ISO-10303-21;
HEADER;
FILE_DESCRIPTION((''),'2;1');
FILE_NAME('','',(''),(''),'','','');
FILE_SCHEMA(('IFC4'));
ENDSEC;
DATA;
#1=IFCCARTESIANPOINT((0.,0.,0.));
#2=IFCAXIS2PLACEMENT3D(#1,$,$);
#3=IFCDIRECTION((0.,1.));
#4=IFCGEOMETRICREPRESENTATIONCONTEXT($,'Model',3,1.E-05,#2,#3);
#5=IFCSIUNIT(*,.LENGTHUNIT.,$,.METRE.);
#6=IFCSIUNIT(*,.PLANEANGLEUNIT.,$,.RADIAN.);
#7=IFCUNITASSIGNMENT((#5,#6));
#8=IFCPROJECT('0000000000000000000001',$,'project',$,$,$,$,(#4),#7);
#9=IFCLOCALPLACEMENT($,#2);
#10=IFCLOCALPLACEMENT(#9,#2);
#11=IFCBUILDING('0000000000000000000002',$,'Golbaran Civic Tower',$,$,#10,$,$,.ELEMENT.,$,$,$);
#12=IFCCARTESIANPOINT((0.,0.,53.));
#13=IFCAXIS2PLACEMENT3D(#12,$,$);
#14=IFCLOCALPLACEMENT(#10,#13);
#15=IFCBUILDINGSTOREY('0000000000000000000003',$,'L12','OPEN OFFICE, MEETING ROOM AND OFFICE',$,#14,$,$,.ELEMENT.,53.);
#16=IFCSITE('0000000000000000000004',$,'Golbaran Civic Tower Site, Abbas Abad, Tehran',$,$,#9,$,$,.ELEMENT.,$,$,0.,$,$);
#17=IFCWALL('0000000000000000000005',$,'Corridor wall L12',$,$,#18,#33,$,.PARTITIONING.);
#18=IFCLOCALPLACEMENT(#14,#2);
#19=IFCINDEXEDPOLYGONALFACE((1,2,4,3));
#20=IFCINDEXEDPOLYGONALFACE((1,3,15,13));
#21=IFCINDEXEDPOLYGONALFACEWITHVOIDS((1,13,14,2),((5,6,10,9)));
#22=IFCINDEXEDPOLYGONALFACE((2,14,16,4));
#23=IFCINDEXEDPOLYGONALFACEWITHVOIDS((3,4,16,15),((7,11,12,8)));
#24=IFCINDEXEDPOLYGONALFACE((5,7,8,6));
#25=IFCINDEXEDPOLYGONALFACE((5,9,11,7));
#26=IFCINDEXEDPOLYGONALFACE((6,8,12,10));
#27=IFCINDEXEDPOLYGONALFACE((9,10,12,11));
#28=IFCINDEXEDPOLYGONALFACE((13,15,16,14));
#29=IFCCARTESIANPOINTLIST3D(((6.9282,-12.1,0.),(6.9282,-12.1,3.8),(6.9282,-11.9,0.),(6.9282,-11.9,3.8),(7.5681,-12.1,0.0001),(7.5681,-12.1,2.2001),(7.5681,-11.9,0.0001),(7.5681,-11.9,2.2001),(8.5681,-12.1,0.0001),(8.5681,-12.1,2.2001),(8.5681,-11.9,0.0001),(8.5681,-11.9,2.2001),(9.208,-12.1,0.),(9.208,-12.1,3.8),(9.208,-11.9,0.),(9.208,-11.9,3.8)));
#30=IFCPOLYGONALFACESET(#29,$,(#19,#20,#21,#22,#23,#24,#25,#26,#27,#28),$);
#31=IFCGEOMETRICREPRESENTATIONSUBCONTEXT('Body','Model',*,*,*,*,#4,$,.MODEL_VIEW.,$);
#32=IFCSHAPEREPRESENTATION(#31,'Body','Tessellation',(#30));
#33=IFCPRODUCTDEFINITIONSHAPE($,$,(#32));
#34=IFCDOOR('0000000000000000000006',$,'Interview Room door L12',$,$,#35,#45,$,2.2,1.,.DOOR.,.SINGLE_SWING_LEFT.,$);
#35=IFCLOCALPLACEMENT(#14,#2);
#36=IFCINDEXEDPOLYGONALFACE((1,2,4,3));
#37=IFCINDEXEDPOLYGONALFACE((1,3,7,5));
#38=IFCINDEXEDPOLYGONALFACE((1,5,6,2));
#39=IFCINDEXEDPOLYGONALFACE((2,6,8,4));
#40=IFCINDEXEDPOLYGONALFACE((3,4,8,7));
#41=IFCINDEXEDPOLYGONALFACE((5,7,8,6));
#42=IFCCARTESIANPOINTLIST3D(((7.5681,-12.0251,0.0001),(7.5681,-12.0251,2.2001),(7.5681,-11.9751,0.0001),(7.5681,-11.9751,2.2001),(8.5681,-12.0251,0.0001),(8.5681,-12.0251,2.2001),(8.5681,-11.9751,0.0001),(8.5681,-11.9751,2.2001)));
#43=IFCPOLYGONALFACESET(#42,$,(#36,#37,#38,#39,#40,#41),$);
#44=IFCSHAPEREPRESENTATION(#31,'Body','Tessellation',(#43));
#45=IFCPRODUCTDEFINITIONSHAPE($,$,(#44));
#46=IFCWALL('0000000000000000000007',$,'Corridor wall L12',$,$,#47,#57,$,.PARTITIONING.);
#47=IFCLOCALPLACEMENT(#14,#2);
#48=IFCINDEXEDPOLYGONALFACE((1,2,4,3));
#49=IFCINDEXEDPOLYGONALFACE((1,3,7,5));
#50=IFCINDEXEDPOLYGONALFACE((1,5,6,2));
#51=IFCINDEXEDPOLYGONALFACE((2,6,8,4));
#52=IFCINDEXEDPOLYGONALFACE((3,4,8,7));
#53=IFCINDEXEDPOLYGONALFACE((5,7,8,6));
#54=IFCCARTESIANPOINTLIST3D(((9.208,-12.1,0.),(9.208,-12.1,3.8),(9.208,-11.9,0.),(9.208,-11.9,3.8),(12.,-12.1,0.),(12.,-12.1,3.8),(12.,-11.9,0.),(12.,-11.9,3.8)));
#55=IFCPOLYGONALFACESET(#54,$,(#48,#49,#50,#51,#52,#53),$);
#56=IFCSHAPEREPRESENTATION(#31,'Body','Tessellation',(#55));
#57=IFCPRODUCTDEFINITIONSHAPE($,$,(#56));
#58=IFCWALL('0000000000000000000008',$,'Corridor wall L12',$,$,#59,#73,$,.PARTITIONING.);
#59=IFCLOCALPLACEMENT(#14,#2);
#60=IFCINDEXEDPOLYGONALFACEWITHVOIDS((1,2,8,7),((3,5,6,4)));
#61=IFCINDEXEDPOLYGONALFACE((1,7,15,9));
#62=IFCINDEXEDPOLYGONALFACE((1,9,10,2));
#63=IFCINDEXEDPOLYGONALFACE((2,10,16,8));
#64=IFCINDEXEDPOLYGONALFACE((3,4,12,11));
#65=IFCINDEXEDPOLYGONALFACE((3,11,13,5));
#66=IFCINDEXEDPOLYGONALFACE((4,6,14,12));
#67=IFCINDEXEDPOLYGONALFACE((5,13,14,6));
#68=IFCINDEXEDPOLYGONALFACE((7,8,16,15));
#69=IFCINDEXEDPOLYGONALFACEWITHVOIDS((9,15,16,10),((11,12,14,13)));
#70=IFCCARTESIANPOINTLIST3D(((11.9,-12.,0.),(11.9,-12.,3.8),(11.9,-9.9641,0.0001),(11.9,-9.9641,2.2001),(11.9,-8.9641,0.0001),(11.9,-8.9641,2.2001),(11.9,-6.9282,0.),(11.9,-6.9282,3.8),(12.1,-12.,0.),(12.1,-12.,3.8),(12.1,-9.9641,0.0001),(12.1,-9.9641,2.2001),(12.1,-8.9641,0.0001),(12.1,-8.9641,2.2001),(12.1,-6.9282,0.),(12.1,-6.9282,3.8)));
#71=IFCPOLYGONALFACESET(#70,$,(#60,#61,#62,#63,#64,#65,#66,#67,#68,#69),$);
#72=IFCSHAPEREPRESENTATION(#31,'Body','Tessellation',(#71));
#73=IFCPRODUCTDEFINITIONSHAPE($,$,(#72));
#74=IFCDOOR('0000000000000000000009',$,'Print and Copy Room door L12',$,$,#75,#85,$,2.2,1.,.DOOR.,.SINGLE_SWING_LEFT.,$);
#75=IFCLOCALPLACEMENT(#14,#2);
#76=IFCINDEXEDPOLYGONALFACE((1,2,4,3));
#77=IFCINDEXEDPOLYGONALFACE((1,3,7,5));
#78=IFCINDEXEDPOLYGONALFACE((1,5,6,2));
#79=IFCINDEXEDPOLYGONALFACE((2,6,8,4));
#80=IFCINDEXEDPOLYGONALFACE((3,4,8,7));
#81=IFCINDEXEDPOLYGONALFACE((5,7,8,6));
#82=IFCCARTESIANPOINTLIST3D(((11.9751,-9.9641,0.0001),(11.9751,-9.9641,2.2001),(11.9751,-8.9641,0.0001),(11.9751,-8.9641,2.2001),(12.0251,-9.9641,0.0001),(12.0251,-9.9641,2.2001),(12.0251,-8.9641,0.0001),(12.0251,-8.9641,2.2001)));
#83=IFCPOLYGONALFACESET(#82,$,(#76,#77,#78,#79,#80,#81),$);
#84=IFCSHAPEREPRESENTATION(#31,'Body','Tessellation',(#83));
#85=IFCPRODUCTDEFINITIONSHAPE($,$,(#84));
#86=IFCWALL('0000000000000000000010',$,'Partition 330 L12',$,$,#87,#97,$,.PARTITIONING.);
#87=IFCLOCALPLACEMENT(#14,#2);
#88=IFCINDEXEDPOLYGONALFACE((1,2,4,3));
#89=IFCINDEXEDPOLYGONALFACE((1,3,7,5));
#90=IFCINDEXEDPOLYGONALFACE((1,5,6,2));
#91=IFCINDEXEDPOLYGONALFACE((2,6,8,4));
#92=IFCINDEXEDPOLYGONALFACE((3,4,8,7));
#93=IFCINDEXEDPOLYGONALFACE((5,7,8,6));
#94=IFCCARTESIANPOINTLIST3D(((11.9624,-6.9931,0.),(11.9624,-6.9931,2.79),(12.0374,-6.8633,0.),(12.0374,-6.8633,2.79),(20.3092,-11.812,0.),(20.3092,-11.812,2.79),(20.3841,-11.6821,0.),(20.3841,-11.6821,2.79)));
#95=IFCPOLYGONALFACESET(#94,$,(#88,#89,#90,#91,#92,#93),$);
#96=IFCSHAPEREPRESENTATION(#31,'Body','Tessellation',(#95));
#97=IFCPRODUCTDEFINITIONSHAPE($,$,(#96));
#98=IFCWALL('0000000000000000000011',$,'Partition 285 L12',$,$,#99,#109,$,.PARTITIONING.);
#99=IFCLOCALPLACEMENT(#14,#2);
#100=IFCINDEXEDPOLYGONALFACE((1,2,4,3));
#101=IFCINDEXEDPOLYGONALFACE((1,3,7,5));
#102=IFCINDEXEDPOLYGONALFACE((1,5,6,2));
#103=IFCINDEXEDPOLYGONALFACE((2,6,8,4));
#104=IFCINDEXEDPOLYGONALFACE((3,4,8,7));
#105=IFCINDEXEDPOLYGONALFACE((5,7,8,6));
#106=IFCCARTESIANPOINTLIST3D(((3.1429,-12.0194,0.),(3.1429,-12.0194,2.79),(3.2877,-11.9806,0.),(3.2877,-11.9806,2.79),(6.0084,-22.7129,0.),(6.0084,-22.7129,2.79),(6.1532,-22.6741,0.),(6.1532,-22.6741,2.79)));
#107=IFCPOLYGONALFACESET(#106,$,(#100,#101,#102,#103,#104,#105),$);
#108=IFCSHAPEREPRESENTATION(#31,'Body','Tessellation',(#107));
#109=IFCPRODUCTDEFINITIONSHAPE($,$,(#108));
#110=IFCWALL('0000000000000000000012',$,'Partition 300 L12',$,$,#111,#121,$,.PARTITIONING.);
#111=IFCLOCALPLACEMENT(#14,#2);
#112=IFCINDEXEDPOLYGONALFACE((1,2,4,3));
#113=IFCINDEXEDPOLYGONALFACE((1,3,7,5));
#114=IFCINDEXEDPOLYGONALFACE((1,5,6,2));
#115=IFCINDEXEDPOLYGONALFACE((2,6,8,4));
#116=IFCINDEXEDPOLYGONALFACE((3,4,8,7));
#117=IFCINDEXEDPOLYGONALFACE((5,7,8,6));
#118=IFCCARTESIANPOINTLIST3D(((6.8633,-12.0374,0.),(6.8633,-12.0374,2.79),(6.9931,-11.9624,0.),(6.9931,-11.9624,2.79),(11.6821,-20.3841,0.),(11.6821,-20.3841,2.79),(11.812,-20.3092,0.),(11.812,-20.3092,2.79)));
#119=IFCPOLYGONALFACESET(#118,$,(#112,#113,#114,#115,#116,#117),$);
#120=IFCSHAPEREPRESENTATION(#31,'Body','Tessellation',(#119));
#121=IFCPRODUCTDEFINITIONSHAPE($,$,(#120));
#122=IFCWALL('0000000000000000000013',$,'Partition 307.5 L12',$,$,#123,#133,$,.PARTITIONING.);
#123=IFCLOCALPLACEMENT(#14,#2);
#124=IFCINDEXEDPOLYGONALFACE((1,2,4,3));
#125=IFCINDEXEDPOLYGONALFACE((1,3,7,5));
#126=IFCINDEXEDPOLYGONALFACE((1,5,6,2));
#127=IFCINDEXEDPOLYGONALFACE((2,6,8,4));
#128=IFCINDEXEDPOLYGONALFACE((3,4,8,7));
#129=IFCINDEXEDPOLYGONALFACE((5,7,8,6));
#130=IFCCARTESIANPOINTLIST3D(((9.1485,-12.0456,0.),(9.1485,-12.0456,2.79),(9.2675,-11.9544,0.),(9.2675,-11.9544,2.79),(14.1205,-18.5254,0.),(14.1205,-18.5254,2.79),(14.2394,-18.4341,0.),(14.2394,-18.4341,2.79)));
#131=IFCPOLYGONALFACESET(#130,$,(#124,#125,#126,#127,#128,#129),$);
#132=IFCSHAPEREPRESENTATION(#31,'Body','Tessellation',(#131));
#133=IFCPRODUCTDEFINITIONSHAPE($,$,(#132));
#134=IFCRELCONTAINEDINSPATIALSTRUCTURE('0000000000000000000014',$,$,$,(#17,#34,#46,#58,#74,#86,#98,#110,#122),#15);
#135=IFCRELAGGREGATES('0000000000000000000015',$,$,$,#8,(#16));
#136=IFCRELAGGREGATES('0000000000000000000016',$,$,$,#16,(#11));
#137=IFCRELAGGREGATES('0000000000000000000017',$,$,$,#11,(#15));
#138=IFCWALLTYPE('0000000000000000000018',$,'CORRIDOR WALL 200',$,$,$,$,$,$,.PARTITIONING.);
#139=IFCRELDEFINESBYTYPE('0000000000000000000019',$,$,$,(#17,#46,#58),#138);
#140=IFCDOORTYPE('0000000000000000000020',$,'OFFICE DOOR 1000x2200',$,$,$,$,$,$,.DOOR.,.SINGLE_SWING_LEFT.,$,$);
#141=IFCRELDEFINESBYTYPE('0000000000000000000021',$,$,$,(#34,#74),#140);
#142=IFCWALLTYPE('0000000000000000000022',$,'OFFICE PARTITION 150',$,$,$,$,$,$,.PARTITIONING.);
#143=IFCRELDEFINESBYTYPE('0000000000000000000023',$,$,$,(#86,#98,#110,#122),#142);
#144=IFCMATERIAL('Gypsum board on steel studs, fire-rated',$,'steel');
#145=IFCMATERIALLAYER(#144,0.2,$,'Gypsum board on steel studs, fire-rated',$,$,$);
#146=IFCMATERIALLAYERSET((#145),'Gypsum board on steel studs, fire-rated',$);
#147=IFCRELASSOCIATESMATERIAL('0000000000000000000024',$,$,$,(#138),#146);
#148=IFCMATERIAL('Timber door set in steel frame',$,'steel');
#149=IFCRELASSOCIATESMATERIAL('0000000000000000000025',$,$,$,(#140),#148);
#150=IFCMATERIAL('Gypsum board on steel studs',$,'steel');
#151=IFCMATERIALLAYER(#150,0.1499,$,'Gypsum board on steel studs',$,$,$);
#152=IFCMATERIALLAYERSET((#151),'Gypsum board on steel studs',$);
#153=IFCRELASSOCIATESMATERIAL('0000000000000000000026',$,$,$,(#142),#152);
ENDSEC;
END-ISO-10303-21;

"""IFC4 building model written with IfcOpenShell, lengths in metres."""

from ifc_helpers import new_model, si_unit, direction, frame, frame_2d, origin, place, context, subcontext, project, spatial, rectangle, extrude, material, layer, layer_set, type_object, element, fill, save


model = new_model("IFC4")

# Units and contexts
model_context = context("Model", 3, precision=1e-05, world=origin(), true_north=direction((0.0, 1.0)))
body_context = subcontext(model_context, "Body", "Model", "MODEL_VIEW")
ifc_project = project(units=[si_unit("LENGTHUNIT", "METRE"), si_unit("PLANEANGLEUNIT", "RADIAN")], contexts=[model_context])

# Site, building, storey
site_placement = place(None, origin())
site = spatial("IfcSite", under=ifc_project, at=site_placement, Name="Golbaran Civic Tower Site, Abbas Abad, Tehran", CompositionType="ELEMENT", RefElevation=0.0)
building_placement = place(site_placement, origin())
building = spatial("IfcBuilding", under=site, at=building_placement, Name="Golbaran Civic Tower", CompositionType="ELEMENT")
storey_placement = place(building_placement, frame((0.0, 0.0, 53.0)))
storey = spatial("IfcBuildingStorey", under=building, at=storey_placement, Name="L12", Description="OPEN OFFICE, MEETING ROOM AND OFFICE", CompositionType="ELEMENT", Elevation=53.0)

# Shared definitions
ifc_material_1 = material(Name="Timber door set in steel frame", Category="steel")

# Wall, opening, door
ifc_material_2 = material(Name="Gypsum board on steel studs, fire-rated", Category="steel")
ifc_layer_1 = layer(ifc_material_2, 0.2, Name="Gypsum board on steel studs, fire-rated")
ifc_layer_set_1 = layer_set([ifc_layer_1], Name="Gypsum board on steel studs, fire-rated")
wall_type_1 = type_object("IfcWallType", Name="CORRIDOR WALL 200", PredefinedType="PARTITIONING", material=ifc_layer_set_1)
door_type_1 = type_object("IfcDoorType", Name="OFFICE DOOR 1000x2200", OperationType="SINGLE_SWING_LEFT", PredefinedType="DOOR", material=ifc_material_1)
wall_1_placement = place(storey_placement, frame((6.9282, -12.0, 0.0), z_axis=(0.0, 0.0, 1.0), x_axis=(1.0, 0.0, 0.0)))
wall_1 = element("IfcWall", 1, at=wall_1_placement, inside=storey, type_object=wall_type_1, Name="Corridor wall L12", PredefinedType="PARTITIONING", context=body_context, shape_type="SweptSolid", body=[
    extrude(rectangle(XDim=2.2798, YDim=0.2, at=frame_2d((1.1399, 0.0))), origin(), (0.0, 0.0, 1.0), 3.8),
])
opening_1_placement = place(wall_1_placement, frame((0.6399, 0.0, 0.0)))
opening_1 = element("IfcOpeningElement", 2, at=opening_1_placement, cuts=wall_1, PredefinedType="OPENING", context=body_context, shape_type="SweptSolid", body=[
    extrude(rectangle(XDim=1.0, YDim=2.2, at=frame_2d((0.5, 1.1001))), frame((0.0, 0.1099, 0.0), z_axis=(0.0, -1.0, 0.0), x_axis=(1.0, 0.0, 0.0)), (0.0, 0.0, 1.0), 0.22),
])
door_1_placement = place(opening_1_placement, origin())
door_1 = element("IfcDoor", 3, at=door_1_placement, inside=storey, type_object=door_type_1, Name="Interview Room door L12", OperationType="SINGLE_SWING_LEFT", OverallHeight=2.2, OverallWidth=1.0, PredefinedType="DOOR", context=body_context, shape_type="SweptSolid", body=[
    extrude(rectangle(XDim=1.0, YDim=2.2, at=frame_2d((0.5, 1.1001))), frame((0.0, 0.0249, 0.0), z_axis=(0.0, -1.0, 0.0), x_axis=(1.0, 0.0, 0.0)), (0.0, 0.0, 1.0), 0.05),
])
fill(opening_1, door_1)

# Wall
wall_2_placement = place(storey_placement, frame((9.208, -12.0, 0.0), z_axis=(0.0, 0.0, 1.0), x_axis=(1.0, 0.0, 0.0)))
element("IfcWall", 4, at=wall_2_placement, inside=storey, type_object=wall_type_1, Name="Corridor wall L12", PredefinedType="PARTITIONING", context=body_context, shape_type="SweptSolid", body=[
    extrude(rectangle(XDim=2.792, YDim=0.2, at=frame_2d((1.396, 0.0))), origin(), (0.0, 0.0, 1.0), 3.8),
])

# Wall, opening, door
wall_3_placement = place(storey_placement, frame((12.0, -12.0, 0.0), z_axis=(0.0, 0.0, 1.0), x_axis=(0.0, 1.0, 0.0)))
wall_3 = element("IfcWall", 5, at=wall_3_placement, inside=storey, type_object=wall_type_1, Name="Corridor wall L12", PredefinedType="PARTITIONING", context=body_context, shape_type="SweptSolid", body=[
    extrude(rectangle(XDim=5.0718, YDim=0.2, at=frame_2d((2.5359, 0.0))), origin(), (0.0, 0.0, 1.0), 3.8),
])
opening_2_placement = place(wall_3_placement, frame((2.0359, 0.0, 0.0)))
opening_2 = element("IfcOpeningElement", 6, at=opening_2_placement, cuts=wall_3, PredefinedType="OPENING", context=body_context, shape_type="SweptSolid", body=[
    extrude(rectangle(XDim=1.0, YDim=2.2, at=frame_2d((0.5, 1.1001))), frame((0.0, 0.1099, 0.0), z_axis=(0.0, -1.0, 0.0), x_axis=(1.0, 0.0, 0.0)), (0.0, 0.0, 1.0), 0.22),
])
door_2_placement = place(opening_2_placement, origin())
door_2 = element("IfcDoor", 7, at=door_2_placement, inside=storey, type_object=door_type_1, Name="Print and Copy Room door L12", OperationType="SINGLE_SWING_LEFT", OverallHeight=2.2, OverallWidth=1.0, PredefinedType="DOOR", context=body_context, shape_type="SweptSolid", body=[
    extrude(rectangle(XDim=1.0, YDim=2.2, at=frame_2d((0.5, 1.1001))), frame((0.0, 0.0249, 0.0), z_axis=(0.0, -1.0, 0.0), x_axis=(1.0, 0.0, 0.0)), (0.0, 0.0, 1.0), 0.05),
])
fill(opening_2, door_2)

# Walls
ifc_material_3 = material(Name="Gypsum board on steel studs", Category="steel")
ifc_layer_2 = layer(ifc_material_3, 0.1499, Name="Gypsum board on steel studs")
ifc_layer_set_2 = layer_set([ifc_layer_2], Name="Gypsum board on steel studs")
wall_type_2 = type_object("IfcWallType", Name="OFFICE PARTITION 150", PredefinedType="PARTITIONING", material=ifc_layer_set_2)
wall_4_placement = place(storey_placement, frame((12.0, -6.9282, 0.0), z_axis=(0.0, 0.0, 1.0), x_axis=(0.86603, -0.499991, 0.0)))
element("IfcWall", 8, at=wall_4_placement, inside=storey, type_object=wall_type_2, Name="Partition 330 L12", PredefinedType="PARTITIONING", context=body_context, shape_type="SweptSolid", body=[
    extrude(rectangle(XDim=9.6379, YDim=0.1499, at=frame_2d((4.8188, 0.0))), origin(), (0.0, 0.0, 1.0), 2.79),
])
wall_5_placement = place(storey_placement, frame((3.2153, -12.0, 0.0), z_axis=(0.0, 0.0, 1.0), x_axis=(0.258831, -0.965923, 0.0)))
element("IfcWall", 9, at=wall_5_placement, inside=storey, type_object=wall_type_2, Name="Partition 285 L12", PredefinedType="PARTITIONING", context=body_context, shape_type="SweptSolid", body=[
    extrude(rectangle(XDim=11.0708, YDim=0.1499, at=frame_2d((5.5354, 0.0))), origin(), (0.0, 0.0, 1.0), 2.79),
])
wall_6_placement = place(storey_placement, frame((6.9282, -12.0, 0.0), z_axis=(0.0, 0.0, 1.0), x_axis=(0.499991, -0.86603, 0.0)))
element("IfcWall", 10, at=wall_6_placement, inside=storey, type_object=wall_type_2, Name="Partition 300 L12", PredefinedType="PARTITIONING", context=body_context, shape_type="SweptSolid", body=[
    extrude(rectangle(XDim=9.6379, YDim=0.1499, at=frame_2d((4.8188, 0.0))), origin(), (0.0, 0.0, 1.0), 2.79),
])
wall_7_placement = place(storey_placement, frame((9.208, -12.0, 0.0), z_axis=(0.0, 0.0, 1.0), x_axis=(0.60875, -0.793362, 0.0)))
element("IfcWall", 11, at=wall_7_placement, inside=storey, type_object=wall_type_2, Name="Partition 307.5 L12", PredefinedType="PARTITIONING", context=body_context, shape_type="SweptSolid", body=[
    extrude(rectangle(XDim=8.1675, YDim=0.1499, at=frame_2d((4.0837, 0.0))), origin(), (0.0, 0.0, 1.0), 2.79),
])

save(model, "model.ifc")
